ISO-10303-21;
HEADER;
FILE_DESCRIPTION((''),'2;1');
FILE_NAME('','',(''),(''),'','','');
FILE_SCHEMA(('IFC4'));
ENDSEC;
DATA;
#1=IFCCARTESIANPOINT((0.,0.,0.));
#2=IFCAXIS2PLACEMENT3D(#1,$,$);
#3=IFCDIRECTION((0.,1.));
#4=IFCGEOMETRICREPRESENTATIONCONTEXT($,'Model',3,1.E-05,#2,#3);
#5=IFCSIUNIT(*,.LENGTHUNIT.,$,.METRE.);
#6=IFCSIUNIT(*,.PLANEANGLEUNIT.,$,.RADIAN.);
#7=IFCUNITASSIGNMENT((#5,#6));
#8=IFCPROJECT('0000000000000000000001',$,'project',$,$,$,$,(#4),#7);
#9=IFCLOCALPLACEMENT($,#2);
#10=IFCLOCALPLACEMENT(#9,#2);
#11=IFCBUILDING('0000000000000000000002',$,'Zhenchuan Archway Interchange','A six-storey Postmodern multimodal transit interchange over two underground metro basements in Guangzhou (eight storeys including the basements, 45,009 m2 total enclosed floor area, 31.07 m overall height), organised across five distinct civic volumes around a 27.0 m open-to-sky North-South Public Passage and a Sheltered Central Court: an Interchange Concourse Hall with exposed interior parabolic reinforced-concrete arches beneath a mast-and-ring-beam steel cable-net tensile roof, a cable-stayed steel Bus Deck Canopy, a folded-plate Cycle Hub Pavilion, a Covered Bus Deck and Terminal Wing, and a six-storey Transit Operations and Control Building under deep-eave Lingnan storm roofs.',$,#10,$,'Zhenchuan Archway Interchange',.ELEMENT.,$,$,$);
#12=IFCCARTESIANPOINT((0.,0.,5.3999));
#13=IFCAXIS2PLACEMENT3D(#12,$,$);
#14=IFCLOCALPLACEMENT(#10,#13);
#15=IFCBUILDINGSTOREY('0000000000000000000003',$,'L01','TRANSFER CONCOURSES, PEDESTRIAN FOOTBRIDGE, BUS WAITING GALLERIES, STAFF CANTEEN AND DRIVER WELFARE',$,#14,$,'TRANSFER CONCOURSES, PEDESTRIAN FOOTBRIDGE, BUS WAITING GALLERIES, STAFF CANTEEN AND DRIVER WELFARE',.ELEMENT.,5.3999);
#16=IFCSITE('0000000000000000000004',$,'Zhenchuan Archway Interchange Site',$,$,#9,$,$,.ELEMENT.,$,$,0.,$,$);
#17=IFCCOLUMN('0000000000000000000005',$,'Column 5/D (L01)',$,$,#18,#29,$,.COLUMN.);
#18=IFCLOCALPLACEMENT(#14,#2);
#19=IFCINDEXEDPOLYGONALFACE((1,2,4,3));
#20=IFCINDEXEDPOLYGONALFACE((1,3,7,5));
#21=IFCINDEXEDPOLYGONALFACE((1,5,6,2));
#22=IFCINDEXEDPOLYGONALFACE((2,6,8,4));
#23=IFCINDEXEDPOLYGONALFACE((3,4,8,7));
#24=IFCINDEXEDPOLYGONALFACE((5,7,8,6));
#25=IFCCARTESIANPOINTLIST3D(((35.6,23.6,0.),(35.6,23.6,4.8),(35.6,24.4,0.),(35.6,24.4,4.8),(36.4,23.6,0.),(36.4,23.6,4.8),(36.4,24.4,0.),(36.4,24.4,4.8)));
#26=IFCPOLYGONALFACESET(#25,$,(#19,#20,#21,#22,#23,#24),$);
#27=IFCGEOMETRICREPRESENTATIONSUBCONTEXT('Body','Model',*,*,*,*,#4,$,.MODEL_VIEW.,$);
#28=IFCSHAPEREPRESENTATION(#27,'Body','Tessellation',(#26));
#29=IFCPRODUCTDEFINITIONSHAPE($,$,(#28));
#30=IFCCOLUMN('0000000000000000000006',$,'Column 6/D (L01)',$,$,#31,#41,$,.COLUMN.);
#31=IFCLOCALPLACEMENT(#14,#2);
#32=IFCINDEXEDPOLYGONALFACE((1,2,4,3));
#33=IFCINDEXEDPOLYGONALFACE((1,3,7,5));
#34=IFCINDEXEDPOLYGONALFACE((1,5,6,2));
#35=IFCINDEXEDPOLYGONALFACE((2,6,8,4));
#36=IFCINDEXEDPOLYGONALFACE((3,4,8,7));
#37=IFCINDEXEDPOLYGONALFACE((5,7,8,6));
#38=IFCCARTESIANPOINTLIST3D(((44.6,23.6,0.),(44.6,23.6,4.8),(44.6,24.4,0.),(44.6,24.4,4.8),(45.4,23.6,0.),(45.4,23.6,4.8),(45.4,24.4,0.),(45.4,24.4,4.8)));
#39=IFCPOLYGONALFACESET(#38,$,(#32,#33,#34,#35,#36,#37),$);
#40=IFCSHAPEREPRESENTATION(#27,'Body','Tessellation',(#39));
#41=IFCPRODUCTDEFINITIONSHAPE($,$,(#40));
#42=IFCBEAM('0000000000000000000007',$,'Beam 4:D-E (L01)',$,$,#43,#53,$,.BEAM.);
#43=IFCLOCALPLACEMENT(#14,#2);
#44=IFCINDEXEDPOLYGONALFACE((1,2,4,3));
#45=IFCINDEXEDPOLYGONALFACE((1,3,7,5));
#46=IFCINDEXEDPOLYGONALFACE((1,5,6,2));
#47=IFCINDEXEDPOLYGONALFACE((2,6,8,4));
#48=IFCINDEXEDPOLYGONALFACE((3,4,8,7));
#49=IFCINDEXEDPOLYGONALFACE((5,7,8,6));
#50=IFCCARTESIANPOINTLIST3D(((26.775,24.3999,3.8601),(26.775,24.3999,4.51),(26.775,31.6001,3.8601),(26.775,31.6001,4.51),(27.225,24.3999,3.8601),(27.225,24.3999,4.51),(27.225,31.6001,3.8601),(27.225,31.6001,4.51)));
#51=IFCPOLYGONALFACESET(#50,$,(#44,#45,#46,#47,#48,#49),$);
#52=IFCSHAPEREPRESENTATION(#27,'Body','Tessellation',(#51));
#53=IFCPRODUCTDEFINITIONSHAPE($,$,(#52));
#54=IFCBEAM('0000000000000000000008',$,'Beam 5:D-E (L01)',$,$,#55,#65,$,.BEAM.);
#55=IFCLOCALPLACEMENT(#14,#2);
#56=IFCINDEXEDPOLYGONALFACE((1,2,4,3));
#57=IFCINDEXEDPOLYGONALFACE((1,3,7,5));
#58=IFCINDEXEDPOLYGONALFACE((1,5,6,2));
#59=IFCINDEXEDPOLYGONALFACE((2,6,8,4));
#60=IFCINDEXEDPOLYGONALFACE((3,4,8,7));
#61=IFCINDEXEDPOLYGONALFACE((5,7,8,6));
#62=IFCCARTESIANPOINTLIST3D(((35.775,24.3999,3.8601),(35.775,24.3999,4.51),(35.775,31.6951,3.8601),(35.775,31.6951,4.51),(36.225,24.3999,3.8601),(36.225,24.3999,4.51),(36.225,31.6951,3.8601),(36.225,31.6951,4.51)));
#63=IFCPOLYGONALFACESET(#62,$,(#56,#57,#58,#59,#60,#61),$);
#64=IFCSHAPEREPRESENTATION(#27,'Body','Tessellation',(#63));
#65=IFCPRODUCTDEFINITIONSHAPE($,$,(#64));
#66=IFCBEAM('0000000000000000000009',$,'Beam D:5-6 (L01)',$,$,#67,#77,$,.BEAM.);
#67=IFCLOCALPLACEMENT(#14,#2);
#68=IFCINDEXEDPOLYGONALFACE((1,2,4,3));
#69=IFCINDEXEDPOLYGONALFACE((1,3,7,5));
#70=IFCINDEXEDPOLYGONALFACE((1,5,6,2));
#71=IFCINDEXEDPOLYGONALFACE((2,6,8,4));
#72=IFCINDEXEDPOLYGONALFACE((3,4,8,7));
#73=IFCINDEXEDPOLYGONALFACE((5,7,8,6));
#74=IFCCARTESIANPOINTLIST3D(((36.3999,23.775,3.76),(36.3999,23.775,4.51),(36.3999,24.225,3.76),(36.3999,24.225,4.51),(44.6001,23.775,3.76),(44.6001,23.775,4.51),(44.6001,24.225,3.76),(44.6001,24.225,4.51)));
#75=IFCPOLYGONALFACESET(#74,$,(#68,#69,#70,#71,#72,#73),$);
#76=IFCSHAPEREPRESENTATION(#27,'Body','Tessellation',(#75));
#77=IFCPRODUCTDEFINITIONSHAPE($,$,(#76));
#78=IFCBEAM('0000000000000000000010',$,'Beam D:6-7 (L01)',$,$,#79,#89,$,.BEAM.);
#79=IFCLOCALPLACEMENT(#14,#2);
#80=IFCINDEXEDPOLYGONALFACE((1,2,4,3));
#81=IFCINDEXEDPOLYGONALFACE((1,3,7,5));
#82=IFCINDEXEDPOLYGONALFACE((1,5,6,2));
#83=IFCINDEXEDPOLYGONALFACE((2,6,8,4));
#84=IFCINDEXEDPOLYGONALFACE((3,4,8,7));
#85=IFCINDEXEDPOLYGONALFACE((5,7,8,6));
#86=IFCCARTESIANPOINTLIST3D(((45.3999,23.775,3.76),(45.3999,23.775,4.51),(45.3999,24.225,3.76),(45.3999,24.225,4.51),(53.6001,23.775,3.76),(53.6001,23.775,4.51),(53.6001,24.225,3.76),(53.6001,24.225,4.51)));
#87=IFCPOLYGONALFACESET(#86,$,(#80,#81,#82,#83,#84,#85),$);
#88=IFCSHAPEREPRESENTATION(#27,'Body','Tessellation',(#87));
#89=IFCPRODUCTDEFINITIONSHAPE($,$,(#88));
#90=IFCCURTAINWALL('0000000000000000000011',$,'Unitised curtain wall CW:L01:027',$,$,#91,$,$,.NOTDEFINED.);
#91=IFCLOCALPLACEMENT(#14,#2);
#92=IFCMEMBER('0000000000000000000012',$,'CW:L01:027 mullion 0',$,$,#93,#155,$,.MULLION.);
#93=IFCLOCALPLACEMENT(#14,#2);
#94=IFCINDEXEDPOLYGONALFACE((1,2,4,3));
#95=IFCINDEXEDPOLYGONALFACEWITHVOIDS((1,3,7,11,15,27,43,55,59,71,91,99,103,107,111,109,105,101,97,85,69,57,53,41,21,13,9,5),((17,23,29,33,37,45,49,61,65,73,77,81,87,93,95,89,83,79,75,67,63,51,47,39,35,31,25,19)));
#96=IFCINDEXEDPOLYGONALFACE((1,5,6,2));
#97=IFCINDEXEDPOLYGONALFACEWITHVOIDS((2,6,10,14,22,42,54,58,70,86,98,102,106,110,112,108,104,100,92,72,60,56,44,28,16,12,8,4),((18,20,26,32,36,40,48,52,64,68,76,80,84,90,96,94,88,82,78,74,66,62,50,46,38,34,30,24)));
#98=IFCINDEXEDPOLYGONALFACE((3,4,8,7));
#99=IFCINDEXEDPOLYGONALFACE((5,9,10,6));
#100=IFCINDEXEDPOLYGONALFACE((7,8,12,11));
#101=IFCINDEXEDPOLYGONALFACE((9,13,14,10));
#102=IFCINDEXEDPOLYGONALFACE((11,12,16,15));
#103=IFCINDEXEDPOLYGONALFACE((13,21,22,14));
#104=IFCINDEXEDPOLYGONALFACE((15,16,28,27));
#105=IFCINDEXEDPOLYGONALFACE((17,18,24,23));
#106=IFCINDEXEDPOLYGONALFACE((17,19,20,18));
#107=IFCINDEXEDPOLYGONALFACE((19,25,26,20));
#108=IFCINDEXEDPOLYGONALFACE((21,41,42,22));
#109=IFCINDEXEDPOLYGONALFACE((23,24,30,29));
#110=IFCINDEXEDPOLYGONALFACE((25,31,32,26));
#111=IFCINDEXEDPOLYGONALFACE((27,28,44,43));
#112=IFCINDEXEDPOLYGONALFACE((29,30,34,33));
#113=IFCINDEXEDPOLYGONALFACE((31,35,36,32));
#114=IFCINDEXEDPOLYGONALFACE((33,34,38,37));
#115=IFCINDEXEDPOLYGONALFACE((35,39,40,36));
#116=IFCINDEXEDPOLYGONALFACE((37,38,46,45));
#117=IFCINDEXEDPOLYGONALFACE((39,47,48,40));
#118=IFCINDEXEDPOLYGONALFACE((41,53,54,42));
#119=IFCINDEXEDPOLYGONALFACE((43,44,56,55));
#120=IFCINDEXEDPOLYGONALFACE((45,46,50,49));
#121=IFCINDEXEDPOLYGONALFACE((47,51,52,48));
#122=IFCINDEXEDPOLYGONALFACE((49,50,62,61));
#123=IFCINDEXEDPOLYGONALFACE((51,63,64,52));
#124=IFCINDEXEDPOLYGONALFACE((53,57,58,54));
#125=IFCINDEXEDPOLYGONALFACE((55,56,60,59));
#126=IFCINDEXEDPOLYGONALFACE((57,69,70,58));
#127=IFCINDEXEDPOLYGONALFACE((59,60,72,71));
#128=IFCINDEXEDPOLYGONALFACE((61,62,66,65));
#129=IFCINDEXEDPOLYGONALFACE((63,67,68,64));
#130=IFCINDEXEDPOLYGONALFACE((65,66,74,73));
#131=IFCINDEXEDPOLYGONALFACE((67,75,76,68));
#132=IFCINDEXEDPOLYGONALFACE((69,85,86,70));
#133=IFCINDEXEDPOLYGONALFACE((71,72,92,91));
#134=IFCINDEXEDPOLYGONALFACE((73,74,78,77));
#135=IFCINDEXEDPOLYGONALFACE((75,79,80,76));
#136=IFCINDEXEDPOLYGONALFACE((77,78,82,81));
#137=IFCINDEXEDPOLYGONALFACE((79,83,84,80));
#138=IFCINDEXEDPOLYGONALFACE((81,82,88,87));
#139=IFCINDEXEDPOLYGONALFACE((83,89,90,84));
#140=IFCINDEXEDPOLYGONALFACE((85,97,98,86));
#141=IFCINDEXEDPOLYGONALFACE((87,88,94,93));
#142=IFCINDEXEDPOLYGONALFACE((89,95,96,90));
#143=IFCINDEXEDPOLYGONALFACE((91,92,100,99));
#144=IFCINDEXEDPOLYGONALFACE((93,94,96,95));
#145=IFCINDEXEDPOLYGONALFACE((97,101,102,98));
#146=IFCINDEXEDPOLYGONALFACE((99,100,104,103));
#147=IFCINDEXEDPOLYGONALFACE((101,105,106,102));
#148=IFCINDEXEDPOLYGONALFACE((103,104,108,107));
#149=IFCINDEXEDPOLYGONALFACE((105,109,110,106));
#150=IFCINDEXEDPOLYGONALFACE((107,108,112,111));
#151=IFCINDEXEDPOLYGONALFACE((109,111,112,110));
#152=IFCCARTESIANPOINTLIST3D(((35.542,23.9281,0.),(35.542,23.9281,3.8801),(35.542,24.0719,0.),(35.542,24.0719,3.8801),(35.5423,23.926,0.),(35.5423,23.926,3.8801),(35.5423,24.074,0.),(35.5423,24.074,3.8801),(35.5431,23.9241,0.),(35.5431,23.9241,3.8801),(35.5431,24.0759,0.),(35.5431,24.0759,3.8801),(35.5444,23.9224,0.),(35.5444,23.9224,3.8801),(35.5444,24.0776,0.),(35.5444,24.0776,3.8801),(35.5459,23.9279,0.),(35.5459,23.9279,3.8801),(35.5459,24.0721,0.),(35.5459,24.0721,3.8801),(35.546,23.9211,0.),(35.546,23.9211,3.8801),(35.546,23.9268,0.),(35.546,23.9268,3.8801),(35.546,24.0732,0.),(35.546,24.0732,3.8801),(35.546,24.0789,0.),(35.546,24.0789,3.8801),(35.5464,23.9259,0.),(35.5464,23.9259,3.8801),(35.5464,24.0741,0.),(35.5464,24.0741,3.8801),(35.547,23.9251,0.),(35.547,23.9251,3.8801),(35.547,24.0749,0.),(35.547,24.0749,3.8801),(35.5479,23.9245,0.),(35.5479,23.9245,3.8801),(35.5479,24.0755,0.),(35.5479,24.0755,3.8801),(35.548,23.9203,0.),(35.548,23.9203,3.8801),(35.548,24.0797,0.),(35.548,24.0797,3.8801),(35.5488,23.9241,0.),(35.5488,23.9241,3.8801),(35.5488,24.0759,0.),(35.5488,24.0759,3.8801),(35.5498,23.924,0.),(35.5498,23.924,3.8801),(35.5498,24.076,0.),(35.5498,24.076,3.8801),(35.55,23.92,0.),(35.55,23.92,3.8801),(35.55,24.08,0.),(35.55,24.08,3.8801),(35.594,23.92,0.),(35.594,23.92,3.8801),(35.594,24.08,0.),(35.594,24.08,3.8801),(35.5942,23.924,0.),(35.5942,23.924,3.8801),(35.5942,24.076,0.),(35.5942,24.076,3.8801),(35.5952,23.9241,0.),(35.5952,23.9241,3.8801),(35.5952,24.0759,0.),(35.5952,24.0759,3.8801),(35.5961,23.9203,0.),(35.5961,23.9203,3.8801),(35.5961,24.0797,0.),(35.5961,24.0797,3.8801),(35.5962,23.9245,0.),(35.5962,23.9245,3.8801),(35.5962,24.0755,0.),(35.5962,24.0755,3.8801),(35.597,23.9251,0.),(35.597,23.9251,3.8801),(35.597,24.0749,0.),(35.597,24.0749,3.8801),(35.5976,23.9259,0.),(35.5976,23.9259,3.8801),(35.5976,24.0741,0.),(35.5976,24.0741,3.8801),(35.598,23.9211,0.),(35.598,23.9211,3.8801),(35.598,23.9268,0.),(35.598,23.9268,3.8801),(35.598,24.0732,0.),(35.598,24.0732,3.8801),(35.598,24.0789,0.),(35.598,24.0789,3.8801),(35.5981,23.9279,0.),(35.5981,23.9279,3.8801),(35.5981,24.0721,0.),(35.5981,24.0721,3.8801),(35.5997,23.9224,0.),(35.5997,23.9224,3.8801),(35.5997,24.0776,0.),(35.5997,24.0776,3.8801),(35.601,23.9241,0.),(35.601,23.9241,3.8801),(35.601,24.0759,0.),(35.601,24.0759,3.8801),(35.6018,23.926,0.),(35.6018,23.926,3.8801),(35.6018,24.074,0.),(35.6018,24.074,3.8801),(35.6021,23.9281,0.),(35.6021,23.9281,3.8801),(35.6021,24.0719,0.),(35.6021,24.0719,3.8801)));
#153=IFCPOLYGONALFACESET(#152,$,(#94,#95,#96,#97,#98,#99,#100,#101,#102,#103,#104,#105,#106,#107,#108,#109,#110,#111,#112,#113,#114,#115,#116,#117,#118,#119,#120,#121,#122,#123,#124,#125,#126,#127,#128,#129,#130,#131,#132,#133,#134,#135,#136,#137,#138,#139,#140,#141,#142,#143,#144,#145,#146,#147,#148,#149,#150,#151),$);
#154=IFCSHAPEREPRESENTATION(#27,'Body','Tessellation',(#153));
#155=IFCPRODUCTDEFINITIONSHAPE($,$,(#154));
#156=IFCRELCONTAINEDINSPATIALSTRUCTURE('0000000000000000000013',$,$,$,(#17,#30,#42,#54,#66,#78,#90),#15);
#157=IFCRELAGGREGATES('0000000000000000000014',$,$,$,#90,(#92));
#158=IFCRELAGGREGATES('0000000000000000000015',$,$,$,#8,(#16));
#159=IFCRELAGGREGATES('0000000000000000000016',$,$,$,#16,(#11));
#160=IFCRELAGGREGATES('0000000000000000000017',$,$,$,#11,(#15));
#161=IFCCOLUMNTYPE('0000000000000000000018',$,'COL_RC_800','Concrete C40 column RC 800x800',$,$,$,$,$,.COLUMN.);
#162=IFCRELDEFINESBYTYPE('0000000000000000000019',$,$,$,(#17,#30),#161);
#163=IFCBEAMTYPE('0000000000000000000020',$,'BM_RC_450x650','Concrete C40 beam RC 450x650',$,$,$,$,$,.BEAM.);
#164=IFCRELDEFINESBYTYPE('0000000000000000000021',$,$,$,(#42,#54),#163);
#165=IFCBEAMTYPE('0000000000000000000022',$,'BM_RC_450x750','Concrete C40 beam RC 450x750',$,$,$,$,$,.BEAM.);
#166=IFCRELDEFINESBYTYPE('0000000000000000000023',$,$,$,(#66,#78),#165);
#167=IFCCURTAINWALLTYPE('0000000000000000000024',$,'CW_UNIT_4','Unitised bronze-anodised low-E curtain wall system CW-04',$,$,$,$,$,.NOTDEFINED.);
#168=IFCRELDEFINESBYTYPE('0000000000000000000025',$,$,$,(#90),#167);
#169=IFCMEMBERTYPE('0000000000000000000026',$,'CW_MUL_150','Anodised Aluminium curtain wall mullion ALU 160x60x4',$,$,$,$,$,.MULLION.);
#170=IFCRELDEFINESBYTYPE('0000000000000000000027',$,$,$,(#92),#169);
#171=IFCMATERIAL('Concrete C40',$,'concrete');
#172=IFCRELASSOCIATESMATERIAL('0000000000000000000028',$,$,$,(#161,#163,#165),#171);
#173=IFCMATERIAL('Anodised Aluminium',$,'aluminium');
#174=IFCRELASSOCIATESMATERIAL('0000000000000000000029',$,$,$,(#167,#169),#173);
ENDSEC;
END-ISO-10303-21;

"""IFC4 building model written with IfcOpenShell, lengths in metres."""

from ifc_helpers import new_model, si_unit, direction, frame, origin, origin_2d, place, context, subcontext, project, spatial, rectangle, hollow_rectangle, extrude, material, material_profile, profile_set, type_object, element, aggregate, save


model = new_model("IFC4")

# Units and contexts
model_context = context("Model", 3, precision=1e-05, world=origin(), true_north=direction((0.0, 1.0)))
body_context = subcontext(model_context, "Body", "Model", "MODEL_VIEW")
ifc_project = project(units=[si_unit("LENGTHUNIT", "METRE"), si_unit("PLANEANGLEUNIT", "RADIAN")], contexts=[model_context])

# Site, building, storey
site_placement = place(None, origin())
site = spatial("IfcSite", under=ifc_project, at=site_placement, Name="Zhenchuan Archway Interchange Site", CompositionType="ELEMENT", RefElevation=0.0)
building_placement = place(site_placement, origin())
building = spatial("IfcBuilding", under=site, at=building_placement, Name="Zhenchuan Archway Interchange", Description="A six-storey Postmodern multimodal transit interchange over two underground metro basements in Guangzhou (eight storeys including the basements, 45,009 m2 total enclosed floor area, 31.07 m overall height), organised across five distinct civic volumes around a 27.0 m open-to-sky North-South Public Passage and a Sheltered Central Court: an Interchange Concourse Hall with exposed interior parabolic reinforced-concrete arches beneath a mast-and-ring-beam steel cable-net tensile roof, a cable-stayed steel Bus Deck Canopy, a folded-plate Cycle Hub Pavilion, a Covered Bus Deck and Terminal Wing, and a six-storey Transit Operations and Control Building under deep-eave Lingnan storm roofs.", LongName="Zhenchuan Archway Interchange", CompositionType="ELEMENT")
storey_placement = place(building_placement, frame((0.0, 0.0, 5.3999)))
storey = spatial("IfcBuildingStorey", under=building, at=storey_placement, Name="L01", Description="TRANSFER CONCOURSES, PEDESTRIAN FOOTBRIDGE, BUS WAITING GALLERIES, STAFF CANTEEN AND DRIVER WELFARE", LongName="TRANSFER CONCOURSES, PEDESTRIAN FOOTBRIDGE, BUS WAITING GALLERIES, STAFF CANTEEN AND DRIVER WELFARE", CompositionType="ELEMENT", Elevation=5.3999)

# Columns
ifc_material_1 = material(Name="Concrete C40", Category="concrete")
ifc_material_profile_1 = material_profile(ifc_material_1, rectangle(XDim=0.8, YDim=0.8, at=origin_2d()), Name="RC 800x800")
ifc_profile_set_1 = profile_set([ifc_material_profile_1], Name="Concrete C40")
column_type = type_object("IfcColumnType", Name="COL_RC_800", Description="Concrete C40 column RC 800x800", PredefinedType="COLUMN", material=ifc_profile_set_1)
for number, where, z_axis, x_axis, name in (
    (1, (36.0, 24.0, 0.0), (0.0, 0.0, 1.0), (1.0, 0.0, 0.0), "Column 5/D (L01)"),
    (2, (45.0, 24.0, 0.0), (0.0, 0.0, 1.0), (1.0, 0.0, 0.0), "Column 6/D (L01)"),
):
    element("IfcColumn", number, at=place(storey_placement, frame(where, z_axis=z_axis, x_axis=x_axis)), inside=storey, type_object=column_type, Name=name, PredefinedType="COLUMN", context=body_context, shape_type="SweptSolid", body=[
        extrude(rectangle(XDim=0.8, YDim=0.8, at=origin_2d()), origin(), (0.0, 0.0, 1.0), 4.8),
    ])

# Beams
ifc_material_profile_2 = material_profile(ifc_material_1, rectangle(XDim=0.45, YDim=0.6499, at=origin_2d()), Name="RC 450x650")
ifc_profile_set_2 = profile_set([ifc_material_profile_2], Name="Concrete C40")
beam_type_1 = type_object("IfcBeamType", Name="BM_RC_450x650", Description="Concrete C40 beam RC 450x650", PredefinedType="BEAM", material=ifc_profile_set_2)
beam_1_placement = place(storey_placement, frame((27.0, 24.3999, 4.1851), z_axis=(0.0, 1.0, 0.0), x_axis=(-1.0, 0.0, 0.0)))
element("IfcBeam", 3, at=beam_1_placement, inside=storey, type_object=beam_type_1, Name="Beam 4:D-E (L01)", PredefinedType="BEAM", context=body_context, shape_type="SweptSolid", body=[
    extrude(rectangle(XDim=0.45, YDim=0.6499, at=origin_2d()), origin(), (0.0, 0.0, 1.0), 7.2002),
])
beam_2_placement = place(storey_placement, frame((36.0, 24.3999, 4.1851), z_axis=(0.0, 1.0, 0.0), x_axis=(-1.0, 0.0, 0.0)))
element("IfcBeam", 4, at=beam_2_placement, inside=storey, type_object=beam_type_1, Name="Beam 5:D-E (L01)", PredefinedType="BEAM", context=body_context, shape_type="SweptSolid", body=[
    extrude(rectangle(XDim=0.45, YDim=0.6499, at=origin_2d()), origin(), (0.0, 0.0, 1.0), 7.2952),
])
ifc_material_profile_3 = material_profile(ifc_material_1, rectangle(XDim=0.45, YDim=0.75, at=origin_2d()), Name="RC 450x750")
ifc_profile_set_3 = profile_set([ifc_material_profile_3], Name="Concrete C40")
beam_type_2 = type_object("IfcBeamType", Name="BM_RC_450x750", Description="Concrete C40 beam RC 450x750", PredefinedType="BEAM", material=ifc_profile_set_3)
for number, where, z_axis, x_axis, name in (
    (5, (36.3999, 24.0, 4.135), (1.0, 0.0, 0.0), (0.0, 1.0, 0.0), "Beam D:5-6 (L01)"),
    (6, (45.3999, 24.0, 4.135), (1.0, 0.0, 0.0), (0.0, 1.0, 0.0), "Beam D:6-7 (L01)"),
):
    element("IfcBeam", number, at=place(storey_placement, frame(where, z_axis=z_axis, x_axis=x_axis)), inside=storey, type_object=beam_type_2, Name=name, PredefinedType="BEAM", context=body_context, shape_type="SweptSolid", body=[
        extrude(rectangle(XDim=0.45, YDim=0.75, at=origin_2d()), origin(), (0.0, 0.0, 1.0), 8.2002),
    ])

# Curtain wall, member
ifc_material_2 = material(Name="Anodised Aluminium", Category="aluminium")
curtain_wall_type = type_object("IfcCurtainWallType", Name="CW_UNIT_4", Description="Unitised bronze-anodised low-E curtain wall system CW-04", PredefinedType="NOTDEFINED", material=ifc_material_2)
curtain_wall_placement = place(storey_placement, origin())
curtain_wall = element("IfcCurtainWall", 7, at=curtain_wall_placement, inside=storey, type_object=curtain_wall_type, Name="Unitised curtain wall CW:L01:027", PredefinedType="NOTDEFINED")
ifc_material_profile_4 = material_profile(ifc_material_2, hollow_rectangle(XDim=0.0601, YDim=0.1599, WallThickness=0.0039, InnerFilletRadius=0.0039, OuterFilletRadius=0.0081, at=origin_2d()), Name="ALU 160x60x4")
ifc_profile_set_4 = profile_set([ifc_material_profile_4], Name="Anodised Aluminium")
member_type_1 = type_object("IfcMemberType", Name="CW_MUL_150", Description="Anodised Aluminium curtain wall mullion ALU 160x60x4", PredefinedType="MULLION", material=ifc_profile_set_4)
member_1_placement = place(storey_placement, frame((35.572, 24.0, 0.0), z_axis=(0.0, 0.0, 1.0), x_axis=(1.0, 0.0, 0.0)))
member_1 = element("IfcMember", 8, at=member_1_placement, type_object=member_type_1, Name="CW:L01:027 mullion 0", PredefinedType="MULLION", context=body_context, shape_type="SweptSolid", body=[
    extrude(hollow_rectangle(XDim=0.0601, YDim=0.1599, WallThickness=0.0039, InnerFilletRadius=0.0039, OuterFilletRadius=0.0081, at=origin_2d()), origin(), (0.0, 0.0, 1.0), 3.8801),
])

aggregate(curtain_wall, [member_1])

save(model, "model.ifc")
